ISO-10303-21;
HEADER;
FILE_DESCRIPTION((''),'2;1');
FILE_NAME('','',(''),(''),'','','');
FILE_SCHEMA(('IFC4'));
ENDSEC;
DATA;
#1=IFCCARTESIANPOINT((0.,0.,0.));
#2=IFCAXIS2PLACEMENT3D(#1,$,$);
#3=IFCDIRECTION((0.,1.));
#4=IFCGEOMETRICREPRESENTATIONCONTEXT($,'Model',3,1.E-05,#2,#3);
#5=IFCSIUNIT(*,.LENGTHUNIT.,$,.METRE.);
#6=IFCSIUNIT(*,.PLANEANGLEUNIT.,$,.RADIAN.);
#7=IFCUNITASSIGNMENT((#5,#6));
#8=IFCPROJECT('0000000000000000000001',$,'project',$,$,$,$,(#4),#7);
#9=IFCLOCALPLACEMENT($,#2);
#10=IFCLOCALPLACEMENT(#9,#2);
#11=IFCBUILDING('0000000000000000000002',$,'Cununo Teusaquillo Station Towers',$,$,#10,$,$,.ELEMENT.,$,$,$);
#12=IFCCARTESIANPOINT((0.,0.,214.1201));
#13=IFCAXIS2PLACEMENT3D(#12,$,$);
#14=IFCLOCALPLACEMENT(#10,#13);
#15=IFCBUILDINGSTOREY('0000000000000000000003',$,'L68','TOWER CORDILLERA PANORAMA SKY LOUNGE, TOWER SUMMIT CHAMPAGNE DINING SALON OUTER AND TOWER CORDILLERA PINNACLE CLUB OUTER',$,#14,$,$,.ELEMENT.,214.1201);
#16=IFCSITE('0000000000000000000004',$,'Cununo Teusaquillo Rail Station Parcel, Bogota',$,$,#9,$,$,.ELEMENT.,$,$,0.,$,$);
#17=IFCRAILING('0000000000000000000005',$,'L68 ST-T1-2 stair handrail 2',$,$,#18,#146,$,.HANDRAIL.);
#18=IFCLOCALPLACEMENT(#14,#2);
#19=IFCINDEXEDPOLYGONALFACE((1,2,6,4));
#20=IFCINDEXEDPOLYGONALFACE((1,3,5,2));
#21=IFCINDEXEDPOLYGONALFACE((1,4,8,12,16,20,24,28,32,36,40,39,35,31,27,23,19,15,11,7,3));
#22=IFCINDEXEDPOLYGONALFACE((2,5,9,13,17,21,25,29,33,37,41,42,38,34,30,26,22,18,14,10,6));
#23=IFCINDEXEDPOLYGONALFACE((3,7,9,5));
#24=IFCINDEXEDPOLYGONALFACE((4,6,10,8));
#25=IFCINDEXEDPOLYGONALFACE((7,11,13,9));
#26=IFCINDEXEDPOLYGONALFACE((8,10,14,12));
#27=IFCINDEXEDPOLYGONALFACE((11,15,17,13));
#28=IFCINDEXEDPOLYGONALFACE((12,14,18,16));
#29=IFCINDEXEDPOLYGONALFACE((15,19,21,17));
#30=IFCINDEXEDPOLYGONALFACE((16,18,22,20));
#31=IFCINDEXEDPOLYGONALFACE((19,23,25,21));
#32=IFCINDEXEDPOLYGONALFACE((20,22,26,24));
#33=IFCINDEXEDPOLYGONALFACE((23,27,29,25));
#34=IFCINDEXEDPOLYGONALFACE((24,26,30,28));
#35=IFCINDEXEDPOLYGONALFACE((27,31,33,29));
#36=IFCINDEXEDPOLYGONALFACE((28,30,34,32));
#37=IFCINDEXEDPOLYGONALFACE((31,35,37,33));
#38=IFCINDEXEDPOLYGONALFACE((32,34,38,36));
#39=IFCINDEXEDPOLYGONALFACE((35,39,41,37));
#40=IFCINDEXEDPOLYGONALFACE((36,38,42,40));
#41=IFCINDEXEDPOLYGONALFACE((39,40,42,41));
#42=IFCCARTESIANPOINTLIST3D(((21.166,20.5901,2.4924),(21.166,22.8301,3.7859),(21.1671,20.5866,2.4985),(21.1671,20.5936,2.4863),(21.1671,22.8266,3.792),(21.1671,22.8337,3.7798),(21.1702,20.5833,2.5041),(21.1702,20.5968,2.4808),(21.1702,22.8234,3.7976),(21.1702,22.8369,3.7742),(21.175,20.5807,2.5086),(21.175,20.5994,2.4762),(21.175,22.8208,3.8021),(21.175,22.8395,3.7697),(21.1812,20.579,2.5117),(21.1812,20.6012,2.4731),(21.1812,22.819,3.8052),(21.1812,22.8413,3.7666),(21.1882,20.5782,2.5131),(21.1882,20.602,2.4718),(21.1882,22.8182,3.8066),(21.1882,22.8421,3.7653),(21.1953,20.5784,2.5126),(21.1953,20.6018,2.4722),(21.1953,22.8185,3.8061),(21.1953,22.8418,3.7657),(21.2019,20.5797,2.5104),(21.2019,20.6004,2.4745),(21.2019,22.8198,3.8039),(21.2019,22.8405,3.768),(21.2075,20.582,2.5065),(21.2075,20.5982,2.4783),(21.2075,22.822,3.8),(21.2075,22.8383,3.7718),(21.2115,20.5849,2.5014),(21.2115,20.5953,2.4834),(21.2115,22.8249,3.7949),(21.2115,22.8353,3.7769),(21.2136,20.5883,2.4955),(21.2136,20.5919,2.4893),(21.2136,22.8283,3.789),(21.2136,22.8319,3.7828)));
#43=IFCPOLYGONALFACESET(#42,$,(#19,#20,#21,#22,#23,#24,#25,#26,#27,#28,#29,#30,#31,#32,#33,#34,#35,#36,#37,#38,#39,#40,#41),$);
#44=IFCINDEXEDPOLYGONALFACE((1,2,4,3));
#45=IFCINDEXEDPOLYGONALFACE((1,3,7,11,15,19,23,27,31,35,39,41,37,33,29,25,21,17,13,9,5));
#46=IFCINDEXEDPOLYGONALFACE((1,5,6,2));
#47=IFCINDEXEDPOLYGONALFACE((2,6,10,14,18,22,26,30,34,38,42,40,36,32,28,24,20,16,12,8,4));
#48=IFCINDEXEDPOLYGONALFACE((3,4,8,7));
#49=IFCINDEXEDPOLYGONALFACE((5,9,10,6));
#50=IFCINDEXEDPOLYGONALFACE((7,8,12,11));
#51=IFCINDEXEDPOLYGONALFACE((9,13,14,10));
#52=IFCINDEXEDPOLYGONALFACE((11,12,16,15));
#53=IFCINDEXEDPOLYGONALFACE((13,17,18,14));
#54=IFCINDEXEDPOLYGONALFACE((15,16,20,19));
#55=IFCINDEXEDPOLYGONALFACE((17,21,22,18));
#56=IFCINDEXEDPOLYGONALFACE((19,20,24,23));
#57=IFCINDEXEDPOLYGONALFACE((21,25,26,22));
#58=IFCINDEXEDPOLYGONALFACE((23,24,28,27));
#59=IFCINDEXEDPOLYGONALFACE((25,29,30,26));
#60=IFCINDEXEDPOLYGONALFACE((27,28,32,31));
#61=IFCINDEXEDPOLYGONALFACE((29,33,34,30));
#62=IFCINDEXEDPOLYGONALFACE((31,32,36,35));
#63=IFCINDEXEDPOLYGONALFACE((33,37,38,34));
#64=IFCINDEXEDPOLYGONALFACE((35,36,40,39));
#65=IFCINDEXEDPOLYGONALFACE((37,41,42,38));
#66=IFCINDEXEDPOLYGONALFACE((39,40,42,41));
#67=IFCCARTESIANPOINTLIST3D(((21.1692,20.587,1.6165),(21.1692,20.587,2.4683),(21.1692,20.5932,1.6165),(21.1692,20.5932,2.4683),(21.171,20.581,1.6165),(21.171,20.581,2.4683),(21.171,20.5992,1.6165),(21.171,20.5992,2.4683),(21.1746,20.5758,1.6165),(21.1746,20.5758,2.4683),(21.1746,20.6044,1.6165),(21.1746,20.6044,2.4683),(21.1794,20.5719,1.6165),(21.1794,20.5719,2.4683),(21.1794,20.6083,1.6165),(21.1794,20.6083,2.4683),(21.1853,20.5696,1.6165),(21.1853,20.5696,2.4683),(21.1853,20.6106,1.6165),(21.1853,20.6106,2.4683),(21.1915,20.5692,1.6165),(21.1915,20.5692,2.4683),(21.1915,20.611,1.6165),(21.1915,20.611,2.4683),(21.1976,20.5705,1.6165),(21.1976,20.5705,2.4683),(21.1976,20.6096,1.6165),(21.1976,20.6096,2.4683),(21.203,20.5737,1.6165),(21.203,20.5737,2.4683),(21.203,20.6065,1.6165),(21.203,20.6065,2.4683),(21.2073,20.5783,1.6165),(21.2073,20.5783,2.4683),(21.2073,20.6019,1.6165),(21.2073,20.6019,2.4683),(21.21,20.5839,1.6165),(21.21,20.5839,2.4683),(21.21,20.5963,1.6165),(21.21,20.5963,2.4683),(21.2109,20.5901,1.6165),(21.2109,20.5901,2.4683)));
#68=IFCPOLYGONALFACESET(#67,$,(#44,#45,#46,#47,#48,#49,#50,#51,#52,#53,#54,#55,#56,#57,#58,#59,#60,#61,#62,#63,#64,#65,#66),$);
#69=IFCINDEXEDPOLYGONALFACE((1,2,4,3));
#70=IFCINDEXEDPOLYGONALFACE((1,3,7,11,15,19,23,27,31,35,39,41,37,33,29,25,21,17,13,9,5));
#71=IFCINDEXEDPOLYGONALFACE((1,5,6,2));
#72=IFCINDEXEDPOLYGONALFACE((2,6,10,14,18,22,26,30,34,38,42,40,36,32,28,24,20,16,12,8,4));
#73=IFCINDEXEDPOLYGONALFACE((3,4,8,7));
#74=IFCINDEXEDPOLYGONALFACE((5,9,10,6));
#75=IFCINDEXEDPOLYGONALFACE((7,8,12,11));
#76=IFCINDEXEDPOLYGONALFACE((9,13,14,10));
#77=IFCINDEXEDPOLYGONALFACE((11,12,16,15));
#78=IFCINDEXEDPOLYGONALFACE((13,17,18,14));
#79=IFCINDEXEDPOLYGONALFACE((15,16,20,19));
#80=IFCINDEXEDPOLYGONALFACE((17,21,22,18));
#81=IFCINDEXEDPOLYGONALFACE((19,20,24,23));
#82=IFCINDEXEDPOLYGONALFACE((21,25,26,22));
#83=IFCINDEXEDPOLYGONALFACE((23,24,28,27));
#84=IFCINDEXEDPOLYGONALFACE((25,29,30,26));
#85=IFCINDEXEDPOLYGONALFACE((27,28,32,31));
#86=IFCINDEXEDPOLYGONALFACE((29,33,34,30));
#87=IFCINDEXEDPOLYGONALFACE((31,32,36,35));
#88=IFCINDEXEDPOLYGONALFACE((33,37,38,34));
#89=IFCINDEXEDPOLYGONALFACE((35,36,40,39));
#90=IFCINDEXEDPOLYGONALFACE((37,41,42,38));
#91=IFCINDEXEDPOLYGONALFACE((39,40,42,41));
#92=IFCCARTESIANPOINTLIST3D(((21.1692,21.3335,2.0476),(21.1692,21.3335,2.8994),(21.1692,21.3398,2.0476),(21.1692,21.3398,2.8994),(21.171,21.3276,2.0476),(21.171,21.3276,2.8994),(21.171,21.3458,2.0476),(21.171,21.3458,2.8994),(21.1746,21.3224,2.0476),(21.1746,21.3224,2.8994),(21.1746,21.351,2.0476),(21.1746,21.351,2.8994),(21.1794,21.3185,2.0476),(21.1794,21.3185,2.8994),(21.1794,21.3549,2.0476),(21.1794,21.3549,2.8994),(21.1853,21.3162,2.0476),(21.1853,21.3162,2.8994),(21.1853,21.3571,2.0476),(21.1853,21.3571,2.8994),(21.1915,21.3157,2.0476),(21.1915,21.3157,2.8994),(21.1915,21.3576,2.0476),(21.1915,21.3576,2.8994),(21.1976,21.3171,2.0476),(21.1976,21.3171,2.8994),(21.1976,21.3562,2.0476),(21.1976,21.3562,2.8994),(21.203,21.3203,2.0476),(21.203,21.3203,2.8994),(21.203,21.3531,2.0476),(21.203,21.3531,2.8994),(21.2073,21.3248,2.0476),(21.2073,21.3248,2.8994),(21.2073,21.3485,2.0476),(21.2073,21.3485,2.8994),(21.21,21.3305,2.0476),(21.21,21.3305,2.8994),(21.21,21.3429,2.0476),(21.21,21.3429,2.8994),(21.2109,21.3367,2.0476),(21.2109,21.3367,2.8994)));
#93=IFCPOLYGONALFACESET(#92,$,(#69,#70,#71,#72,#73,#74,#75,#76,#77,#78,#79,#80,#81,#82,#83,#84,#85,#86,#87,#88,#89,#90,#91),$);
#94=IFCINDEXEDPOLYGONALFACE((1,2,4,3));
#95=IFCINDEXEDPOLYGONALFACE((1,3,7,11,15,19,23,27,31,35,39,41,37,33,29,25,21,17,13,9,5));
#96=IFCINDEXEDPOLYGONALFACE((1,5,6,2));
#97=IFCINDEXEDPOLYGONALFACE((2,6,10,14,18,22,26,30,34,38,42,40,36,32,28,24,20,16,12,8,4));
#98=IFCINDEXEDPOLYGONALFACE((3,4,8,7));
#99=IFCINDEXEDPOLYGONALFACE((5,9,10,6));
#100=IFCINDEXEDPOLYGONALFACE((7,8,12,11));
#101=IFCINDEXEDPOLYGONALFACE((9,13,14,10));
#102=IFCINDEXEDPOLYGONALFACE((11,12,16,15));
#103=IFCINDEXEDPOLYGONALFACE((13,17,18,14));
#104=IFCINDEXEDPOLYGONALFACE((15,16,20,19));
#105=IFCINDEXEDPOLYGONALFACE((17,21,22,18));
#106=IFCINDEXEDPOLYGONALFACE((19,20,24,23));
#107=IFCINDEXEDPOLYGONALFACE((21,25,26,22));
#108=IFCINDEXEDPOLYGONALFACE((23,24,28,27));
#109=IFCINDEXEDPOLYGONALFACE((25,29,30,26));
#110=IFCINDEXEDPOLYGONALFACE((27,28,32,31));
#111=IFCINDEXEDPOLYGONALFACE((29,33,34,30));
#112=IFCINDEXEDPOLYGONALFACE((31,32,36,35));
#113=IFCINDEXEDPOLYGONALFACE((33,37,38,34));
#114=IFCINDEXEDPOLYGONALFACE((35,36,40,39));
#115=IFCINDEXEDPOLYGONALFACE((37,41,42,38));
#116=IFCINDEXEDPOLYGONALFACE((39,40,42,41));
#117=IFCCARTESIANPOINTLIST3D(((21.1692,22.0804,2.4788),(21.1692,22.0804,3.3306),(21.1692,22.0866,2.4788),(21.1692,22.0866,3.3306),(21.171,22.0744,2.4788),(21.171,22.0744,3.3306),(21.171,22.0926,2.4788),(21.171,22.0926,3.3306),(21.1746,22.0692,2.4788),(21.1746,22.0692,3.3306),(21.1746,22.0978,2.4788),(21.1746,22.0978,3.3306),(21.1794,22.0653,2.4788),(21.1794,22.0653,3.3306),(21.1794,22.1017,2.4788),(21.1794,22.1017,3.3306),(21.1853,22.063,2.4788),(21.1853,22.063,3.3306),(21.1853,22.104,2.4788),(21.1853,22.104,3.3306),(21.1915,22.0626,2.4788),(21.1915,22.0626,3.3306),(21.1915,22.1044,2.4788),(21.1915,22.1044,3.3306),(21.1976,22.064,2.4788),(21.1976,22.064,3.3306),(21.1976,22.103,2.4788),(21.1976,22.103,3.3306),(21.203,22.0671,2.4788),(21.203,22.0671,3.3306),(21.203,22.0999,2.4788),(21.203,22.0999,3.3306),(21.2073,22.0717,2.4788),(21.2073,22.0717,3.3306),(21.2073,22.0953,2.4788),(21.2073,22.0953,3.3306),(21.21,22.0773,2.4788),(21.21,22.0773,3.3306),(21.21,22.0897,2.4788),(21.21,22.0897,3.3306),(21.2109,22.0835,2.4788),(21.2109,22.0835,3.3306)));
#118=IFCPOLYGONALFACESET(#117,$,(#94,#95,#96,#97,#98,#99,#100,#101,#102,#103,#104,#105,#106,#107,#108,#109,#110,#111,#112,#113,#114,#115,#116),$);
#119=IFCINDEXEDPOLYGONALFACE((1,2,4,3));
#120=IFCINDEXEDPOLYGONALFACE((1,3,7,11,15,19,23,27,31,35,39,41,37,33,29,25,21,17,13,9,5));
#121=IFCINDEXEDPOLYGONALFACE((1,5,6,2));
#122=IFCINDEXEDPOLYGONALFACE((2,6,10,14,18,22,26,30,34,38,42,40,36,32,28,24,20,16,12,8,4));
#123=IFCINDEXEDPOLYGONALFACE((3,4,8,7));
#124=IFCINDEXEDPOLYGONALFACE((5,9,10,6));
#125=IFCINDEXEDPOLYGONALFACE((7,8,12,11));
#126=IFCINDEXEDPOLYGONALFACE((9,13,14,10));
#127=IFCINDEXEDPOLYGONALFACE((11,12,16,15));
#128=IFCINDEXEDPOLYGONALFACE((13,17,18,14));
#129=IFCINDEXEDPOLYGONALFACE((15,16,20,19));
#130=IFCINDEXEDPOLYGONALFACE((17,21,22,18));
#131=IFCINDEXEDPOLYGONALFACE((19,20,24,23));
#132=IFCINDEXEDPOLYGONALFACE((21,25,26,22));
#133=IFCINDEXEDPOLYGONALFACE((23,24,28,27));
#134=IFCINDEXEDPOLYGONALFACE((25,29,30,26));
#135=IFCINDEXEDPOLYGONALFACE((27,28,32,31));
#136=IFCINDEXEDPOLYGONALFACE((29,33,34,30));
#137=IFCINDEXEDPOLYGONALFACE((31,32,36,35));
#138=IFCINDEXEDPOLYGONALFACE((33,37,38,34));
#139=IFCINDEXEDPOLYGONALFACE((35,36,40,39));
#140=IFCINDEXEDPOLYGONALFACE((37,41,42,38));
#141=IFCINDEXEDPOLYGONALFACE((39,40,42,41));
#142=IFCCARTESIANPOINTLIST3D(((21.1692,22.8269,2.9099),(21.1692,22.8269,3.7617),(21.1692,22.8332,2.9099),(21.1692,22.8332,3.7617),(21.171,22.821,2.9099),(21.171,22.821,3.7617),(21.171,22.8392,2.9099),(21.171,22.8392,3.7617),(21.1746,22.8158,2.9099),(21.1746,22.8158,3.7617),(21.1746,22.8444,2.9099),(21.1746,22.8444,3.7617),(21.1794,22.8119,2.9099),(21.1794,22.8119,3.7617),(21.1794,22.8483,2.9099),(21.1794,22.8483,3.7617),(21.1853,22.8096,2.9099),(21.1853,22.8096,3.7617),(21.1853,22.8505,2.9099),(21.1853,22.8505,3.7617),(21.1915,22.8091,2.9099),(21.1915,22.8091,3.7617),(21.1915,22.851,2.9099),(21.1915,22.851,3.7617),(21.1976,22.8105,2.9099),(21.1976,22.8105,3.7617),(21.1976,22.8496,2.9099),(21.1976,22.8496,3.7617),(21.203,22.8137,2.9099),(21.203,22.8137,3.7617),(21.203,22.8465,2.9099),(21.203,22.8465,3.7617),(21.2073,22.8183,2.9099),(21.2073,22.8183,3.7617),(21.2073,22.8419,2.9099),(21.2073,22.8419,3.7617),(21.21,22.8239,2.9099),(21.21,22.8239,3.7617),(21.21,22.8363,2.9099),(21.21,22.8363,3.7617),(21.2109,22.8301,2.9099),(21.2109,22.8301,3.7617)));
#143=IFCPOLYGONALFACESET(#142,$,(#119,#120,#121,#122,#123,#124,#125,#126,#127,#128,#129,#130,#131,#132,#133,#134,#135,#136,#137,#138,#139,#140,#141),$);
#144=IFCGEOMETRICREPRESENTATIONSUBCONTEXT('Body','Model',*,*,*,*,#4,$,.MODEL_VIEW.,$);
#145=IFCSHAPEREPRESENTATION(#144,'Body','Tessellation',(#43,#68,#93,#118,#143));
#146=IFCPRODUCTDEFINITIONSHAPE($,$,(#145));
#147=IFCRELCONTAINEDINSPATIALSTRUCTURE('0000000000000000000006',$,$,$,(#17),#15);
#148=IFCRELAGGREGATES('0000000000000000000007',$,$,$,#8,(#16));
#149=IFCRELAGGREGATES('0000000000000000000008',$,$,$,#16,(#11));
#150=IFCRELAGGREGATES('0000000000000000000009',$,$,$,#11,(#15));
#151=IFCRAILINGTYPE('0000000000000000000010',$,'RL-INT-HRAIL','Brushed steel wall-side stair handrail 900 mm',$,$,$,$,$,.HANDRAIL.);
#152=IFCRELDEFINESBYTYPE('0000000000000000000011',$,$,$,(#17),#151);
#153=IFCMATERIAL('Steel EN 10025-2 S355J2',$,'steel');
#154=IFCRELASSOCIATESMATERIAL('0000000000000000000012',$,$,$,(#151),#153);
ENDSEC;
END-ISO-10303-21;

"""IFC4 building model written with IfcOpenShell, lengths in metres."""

from ifc_helpers import new_model, si_unit, direction, frame, origin, origin_2d, place, context, subcontext, project, spatial, circle, extrude, material, type_object, element, save


model = new_model("IFC4")

# Units and contexts
model_context = context("Model", 3, precision=1e-05, world=origin(), true_north=direction((0.0, 1.0)))
body_context = subcontext(model_context, "Body", "Model", "MODEL_VIEW")
ifc_project = project(units=[si_unit("LENGTHUNIT", "METRE"), si_unit("PLANEANGLEUNIT", "RADIAN")], contexts=[model_context])

# Site, building, storey
site_placement = place(None, origin())
site = spatial("IfcSite", under=ifc_project, at=site_placement, Name="Cununo Teusaquillo Rail Station Parcel, Bogota", CompositionType="ELEMENT", RefElevation=0.0)
building_placement = place(site_placement, origin())
building = spatial("IfcBuilding", under=site, at=building_placement, Name="Cununo Teusaquillo Station Towers", CompositionType="ELEMENT")
storey_placement = place(building_placement, frame((0.0, 0.0, 214.1201)))
storey = spatial("IfcBuildingStorey", under=building, at=storey_placement, Name="L68", Description="TOWER CORDILLERA PANORAMA SKY LOUNGE, TOWER SUMMIT CHAMPAGNE DINING SALON OUTER AND TOWER CORDILLERA PINNACLE CLUB OUTER", CompositionType="ELEMENT", Elevation=214.1201)

# Railing
ifc_material_1 = material(Name="Steel EN 10025-2 S355J2", Category="steel")
railing_type_1 = type_object("IfcRailingType", Name="RL-INT-HRAIL", Description="Brushed steel wall-side stair handrail 900 mm", PredefinedType="HANDRAIL", material=ifc_material_1)
railing_1_placement = place(storey_placement, frame((21.1899, 20.5901, 1.6165)))
element("IfcRailing", 1, at=railing_1_placement, inside=storey, type_object=railing_type_1, Name="L68 ST-T1-2 stair handrail 2", PredefinedType="HANDRAIL", context=body_context, shape_type="SweptSolid", body=[
    extrude(circle(Radius=0.0239, at=origin_2d()), frame((0.0, 0.0, 0.876), z_axis=(0.0, 0.865992, 0.500057), x_axis=(-1.0, 0.0, 0.0)), (0.0, 0.0, 1.0), 2.5867),
    extrude(circle(Radius=0.021, at=origin_2d()), origin(), (0.0, 0.0, 1.0), 0.8518),
    extrude(circle(Radius=0.021, at=origin_2d()), frame((0.0, 0.7466, 0.4312)), (0.0, 0.0, 1.0), 0.8518),
    extrude(circle(Radius=0.021, at=origin_2d()), frame((0.0, 1.4934, 0.8623)), (0.0, 0.0, 1.0), 0.8518),
    extrude(circle(Radius=0.021, at=origin_2d()), frame((0.0, 2.24, 1.2935)), (0.0, 0.0, 1.0), 0.8518),
])

save(model, "model.ifc")
